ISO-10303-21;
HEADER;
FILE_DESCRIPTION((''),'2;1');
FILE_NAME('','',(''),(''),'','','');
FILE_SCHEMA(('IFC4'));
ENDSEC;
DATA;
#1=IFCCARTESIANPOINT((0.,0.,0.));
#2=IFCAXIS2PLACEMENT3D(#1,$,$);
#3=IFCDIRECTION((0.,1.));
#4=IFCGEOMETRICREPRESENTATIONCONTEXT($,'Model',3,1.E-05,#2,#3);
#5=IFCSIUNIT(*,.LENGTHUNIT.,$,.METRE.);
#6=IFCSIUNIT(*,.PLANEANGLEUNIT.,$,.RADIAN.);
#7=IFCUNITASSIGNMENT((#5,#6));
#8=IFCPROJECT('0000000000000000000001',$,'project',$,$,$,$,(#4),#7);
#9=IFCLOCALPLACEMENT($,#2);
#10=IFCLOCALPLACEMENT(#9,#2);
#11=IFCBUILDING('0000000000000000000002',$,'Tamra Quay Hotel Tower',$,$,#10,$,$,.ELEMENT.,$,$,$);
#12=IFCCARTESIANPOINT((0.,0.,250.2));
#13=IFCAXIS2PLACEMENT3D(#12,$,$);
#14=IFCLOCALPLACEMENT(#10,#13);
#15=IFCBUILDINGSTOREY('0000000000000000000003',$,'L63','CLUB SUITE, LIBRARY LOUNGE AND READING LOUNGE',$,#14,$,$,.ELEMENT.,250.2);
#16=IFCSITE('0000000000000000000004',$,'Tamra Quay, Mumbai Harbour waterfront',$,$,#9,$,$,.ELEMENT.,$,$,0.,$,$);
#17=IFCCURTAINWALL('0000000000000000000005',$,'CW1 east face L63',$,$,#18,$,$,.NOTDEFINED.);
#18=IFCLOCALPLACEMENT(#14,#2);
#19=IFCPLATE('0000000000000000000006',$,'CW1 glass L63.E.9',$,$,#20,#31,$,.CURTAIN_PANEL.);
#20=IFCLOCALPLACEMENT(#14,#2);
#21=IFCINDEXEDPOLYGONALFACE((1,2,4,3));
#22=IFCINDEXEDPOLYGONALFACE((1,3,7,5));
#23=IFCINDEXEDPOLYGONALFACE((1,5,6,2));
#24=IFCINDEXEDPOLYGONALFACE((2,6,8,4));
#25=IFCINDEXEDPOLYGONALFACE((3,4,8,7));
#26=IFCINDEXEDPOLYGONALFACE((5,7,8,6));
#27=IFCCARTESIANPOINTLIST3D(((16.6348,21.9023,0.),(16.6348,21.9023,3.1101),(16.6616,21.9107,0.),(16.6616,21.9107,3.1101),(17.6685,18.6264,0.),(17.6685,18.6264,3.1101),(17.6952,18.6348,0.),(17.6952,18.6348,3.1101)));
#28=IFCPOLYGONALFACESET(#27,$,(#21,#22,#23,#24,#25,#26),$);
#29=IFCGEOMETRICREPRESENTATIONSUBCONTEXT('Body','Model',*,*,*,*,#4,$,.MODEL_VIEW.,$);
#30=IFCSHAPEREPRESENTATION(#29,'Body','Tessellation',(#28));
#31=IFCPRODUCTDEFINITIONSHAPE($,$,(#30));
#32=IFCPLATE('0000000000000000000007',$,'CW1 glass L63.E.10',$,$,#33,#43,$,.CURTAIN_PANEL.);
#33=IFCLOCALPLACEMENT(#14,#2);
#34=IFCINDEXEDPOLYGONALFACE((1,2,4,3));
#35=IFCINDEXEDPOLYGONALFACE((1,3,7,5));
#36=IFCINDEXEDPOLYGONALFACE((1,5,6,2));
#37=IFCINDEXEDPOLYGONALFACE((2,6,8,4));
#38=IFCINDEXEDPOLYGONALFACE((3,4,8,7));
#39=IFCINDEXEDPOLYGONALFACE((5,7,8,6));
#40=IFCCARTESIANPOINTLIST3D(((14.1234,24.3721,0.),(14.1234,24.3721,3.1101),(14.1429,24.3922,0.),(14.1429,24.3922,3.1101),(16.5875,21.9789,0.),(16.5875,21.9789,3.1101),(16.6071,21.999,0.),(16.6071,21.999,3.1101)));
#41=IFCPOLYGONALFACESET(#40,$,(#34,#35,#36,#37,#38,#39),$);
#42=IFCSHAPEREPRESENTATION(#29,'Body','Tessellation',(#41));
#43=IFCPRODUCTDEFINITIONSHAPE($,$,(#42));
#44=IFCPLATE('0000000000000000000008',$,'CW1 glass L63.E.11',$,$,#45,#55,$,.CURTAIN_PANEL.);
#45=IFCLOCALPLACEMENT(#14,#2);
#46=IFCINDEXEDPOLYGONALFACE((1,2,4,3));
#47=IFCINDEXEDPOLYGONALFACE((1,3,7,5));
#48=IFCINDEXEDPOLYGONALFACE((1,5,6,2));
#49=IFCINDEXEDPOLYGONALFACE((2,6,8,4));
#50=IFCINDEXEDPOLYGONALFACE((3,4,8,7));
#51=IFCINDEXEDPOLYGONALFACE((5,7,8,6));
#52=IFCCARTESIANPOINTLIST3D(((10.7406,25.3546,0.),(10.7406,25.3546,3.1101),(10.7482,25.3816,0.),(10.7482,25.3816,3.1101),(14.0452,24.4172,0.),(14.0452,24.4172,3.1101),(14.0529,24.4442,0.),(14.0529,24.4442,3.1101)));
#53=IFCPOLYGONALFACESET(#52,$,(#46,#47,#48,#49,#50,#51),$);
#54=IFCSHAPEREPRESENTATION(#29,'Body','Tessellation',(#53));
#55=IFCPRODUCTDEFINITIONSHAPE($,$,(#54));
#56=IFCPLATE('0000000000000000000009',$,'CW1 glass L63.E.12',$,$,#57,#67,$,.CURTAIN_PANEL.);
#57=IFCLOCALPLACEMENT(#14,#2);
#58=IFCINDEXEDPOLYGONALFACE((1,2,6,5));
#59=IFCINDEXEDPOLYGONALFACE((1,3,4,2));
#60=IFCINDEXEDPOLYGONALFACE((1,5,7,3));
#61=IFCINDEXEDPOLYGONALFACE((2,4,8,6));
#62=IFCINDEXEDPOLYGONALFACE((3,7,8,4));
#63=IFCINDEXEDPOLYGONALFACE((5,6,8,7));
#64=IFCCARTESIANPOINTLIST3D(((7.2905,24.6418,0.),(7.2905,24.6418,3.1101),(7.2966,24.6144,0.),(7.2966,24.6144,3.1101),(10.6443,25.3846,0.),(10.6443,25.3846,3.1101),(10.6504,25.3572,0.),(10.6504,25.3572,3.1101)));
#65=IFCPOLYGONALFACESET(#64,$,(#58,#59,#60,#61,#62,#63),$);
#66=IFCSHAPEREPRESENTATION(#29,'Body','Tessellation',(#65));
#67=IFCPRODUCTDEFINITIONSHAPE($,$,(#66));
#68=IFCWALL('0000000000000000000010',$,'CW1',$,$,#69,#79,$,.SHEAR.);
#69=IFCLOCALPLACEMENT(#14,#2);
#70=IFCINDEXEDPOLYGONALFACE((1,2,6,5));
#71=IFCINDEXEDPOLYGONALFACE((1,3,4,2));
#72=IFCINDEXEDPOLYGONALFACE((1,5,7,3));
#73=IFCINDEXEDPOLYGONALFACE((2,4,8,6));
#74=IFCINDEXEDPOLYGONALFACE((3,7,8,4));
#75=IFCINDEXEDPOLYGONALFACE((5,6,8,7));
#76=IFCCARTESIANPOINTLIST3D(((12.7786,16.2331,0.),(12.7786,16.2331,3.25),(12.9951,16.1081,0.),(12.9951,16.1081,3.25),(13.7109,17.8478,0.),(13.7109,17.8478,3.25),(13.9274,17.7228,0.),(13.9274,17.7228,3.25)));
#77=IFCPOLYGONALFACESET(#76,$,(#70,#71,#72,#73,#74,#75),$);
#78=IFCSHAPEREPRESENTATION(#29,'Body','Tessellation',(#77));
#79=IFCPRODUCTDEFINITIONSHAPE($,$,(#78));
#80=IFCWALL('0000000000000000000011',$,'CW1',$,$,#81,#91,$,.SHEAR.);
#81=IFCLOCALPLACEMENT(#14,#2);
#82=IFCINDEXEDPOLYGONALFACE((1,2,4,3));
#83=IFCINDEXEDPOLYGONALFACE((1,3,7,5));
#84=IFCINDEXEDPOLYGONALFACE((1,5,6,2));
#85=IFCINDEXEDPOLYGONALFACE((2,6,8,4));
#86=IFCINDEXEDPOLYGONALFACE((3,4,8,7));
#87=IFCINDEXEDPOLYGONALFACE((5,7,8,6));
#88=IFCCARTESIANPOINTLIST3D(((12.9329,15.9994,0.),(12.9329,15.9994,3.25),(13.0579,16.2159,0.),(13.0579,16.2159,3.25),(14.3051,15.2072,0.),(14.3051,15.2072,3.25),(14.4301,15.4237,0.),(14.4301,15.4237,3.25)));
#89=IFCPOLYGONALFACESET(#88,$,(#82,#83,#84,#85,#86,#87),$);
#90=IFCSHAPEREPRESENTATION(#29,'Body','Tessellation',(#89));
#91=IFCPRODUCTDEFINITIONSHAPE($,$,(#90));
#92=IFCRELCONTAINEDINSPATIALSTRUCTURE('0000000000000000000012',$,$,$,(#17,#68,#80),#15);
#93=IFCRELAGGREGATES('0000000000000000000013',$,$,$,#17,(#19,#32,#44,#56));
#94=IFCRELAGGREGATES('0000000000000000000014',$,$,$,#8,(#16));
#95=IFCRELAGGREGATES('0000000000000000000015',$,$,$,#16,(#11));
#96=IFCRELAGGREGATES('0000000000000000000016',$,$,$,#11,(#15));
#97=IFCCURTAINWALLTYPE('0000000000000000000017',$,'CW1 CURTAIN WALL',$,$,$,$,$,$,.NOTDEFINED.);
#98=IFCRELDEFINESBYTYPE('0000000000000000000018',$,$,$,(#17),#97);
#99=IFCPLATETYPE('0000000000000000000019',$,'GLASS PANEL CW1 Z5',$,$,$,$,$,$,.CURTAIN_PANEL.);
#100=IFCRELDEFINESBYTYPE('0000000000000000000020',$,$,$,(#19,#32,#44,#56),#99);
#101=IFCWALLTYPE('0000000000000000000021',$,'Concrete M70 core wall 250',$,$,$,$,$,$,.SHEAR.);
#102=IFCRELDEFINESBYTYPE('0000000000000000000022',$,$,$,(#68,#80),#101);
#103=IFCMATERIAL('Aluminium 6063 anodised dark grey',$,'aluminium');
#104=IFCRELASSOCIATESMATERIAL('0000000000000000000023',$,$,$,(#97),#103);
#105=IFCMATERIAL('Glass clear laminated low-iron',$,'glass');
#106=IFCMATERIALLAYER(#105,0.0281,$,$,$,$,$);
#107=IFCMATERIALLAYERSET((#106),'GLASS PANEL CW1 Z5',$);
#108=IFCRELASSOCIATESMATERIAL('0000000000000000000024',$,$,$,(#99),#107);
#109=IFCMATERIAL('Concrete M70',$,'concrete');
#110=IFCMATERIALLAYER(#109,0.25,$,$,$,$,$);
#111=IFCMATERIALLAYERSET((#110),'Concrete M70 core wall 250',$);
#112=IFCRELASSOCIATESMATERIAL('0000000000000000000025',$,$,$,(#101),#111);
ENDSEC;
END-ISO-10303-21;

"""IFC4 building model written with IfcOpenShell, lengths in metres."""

from ifc_helpers import new_model, si_unit, direction, frame, frame_2d, origin, origin_2d, place, context, subcontext, project, spatial, rectangle, extrude, material, layer, layer_set, type_object, element, aggregate, save


model = new_model("IFC4")

# Units and contexts
model_context = context("Model", 3, precision=1e-05, world=origin(), true_north=direction((0.0, 1.0)))
body_context = subcontext(model_context, "Body", "Model", "MODEL_VIEW")
ifc_project = project(units=[si_unit("LENGTHUNIT", "METRE"), si_unit("PLANEANGLEUNIT", "RADIAN")], contexts=[model_context])

# Site, building, storey
site_placement = place(None, origin())
site = spatial("IfcSite", under=ifc_project, at=site_placement, Name="Tamra Quay, Mumbai Harbour waterfront", CompositionType="ELEMENT", RefElevation=0.0)
building_placement = place(site_placement, origin())
building = spatial("IfcBuilding", under=site, at=building_placement, Name="Tamra Quay Hotel Tower", CompositionType="ELEMENT")
storey_placement = place(building_placement, frame((0.0, 0.0, 250.2)))
storey = spatial("IfcBuildingStorey", under=building, at=storey_placement, Name="L63", Description="CLUB SUITE, LIBRARY LOUNGE AND READING LOUNGE", CompositionType="ELEMENT", Elevation=250.2)

# Shared definitions
ifc_material_1 = material(Name="Concrete M70", Category="concrete")

# Curtain wall
ifc_material_2 = material(Name="Aluminium 6063 anodised dark grey", Category="aluminium")
curtain_wall_type = type_object("IfcCurtainWallType", Name="CW1 CURTAIN WALL", PredefinedType="NOTDEFINED", material=ifc_material_2)
curtain_wall_placement = place(storey_placement, origin())
curtain_wall = element("IfcCurtainWall", 1, at=curtain_wall_placement, inside=storey, type_object=curtain_wall_type, Name="CW1 east face L63", PredefinedType="NOTDEFINED")

# Plates
ifc_material_3 = material(Name="Glass clear laminated low-iron", Category="glass")
ifc_layer_1 = layer(ifc_material_3, 0.0281)
ifc_layer_set_1 = layer_set([ifc_layer_1], Name="GLASS PANEL CW1 Z5")
plate_type = type_object("IfcPlateType", Name="GLASS PANEL CW1 Z5", PredefinedType="CURTAIN_PANEL", material=ifc_layer_set_1)
plate_1_placement = place(storey_placement, frame((17.165, 20.2686, 0.0), z_axis=(0.0, 0.0, 1.0), x_axis=(-0.300903, 0.953655, 0.0)))
plate_1 = element("IfcPlate", 2, at=plate_1_placement, type_object=plate_type, Name="CW1 glass L63.E.9", PredefinedType="CURTAIN_PANEL", context=body_context, shape_type="SweptSolid", body=[
    extrude(rectangle(XDim=3.4351, YDim=0.0281, at=origin_2d()), origin(), (0.0, 0.0, 1.0), 3.1101),
])
plate_2_placement = place(storey_placement, frame((15.3652, 23.1855, 0.0), z_axis=(0.0, 0.0, 1.0), x_axis=(-0.717364, 0.696698, 0.0)))
plate_2 = element("IfcPlate", 3, at=plate_2_placement, type_object=plate_type, Name="CW1 glass L63.E.10", PredefinedType="CURTAIN_PANEL", context=body_context, shape_type="SweptSolid", body=[
    extrude(rectangle(XDim=3.4351, YDim=0.0281, at=origin_2d()), origin(), (0.0, 0.0, 1.0), 3.1101),
])
plate_3_placement = place(storey_placement, frame((12.3967, 24.8994, 0.0), z_axis=(0.0, 0.0, 1.0), x_axis=(-0.962041, 0.272906, 0.0)))
plate_3 = element("IfcPlate", 4, at=plate_3_placement, type_object=plate_type, Name="CW1 glass L63.E.11", PredefinedType="CURTAIN_PANEL", context=body_context, shape_type="SweptSolid", body=[
    extrude(rectangle(XDim=3.4351, YDim=0.0281, at=origin_2d()), origin(), (0.0, 0.0, 1.0), 3.1101),
])
plate_4_placement = place(storey_placement, frame((8.9705, 24.9995, 0.0), z_axis=(0.0, 0.0, 1.0), x_axis=(-0.976341, -0.216238, 0.0)))
plate_4 = element("IfcPlate", 5, at=plate_4_placement, type_object=plate_type, Name="CW1 glass L63.E.12", PredefinedType="CURTAIN_PANEL", context=body_context, shape_type="SweptSolid", body=[
    extrude(rectangle(XDim=3.4351, YDim=0.0281, at=origin_2d()), origin(), (0.0, 0.0, 1.0), 3.1101),
])
aggregate(curtain_wall, [plate_1, plate_2, plate_3, plate_4])

# Walls
ifc_layer_2 = layer(ifc_material_1, 0.25)
ifc_layer_set_2 = layer_set([ifc_layer_2], Name="Concrete M70 core wall 250")
wall_type = type_object("IfcWallType", Name="Concrete M70 core wall 250", PredefinedType="SHEAR", material=ifc_layer_set_2)
wall_1_placement = place(storey_placement, frame((13.8191, 17.7852, 0.0), z_axis=(0.0, 0.0, 1.0), x_axis=(-0.50004, -0.866002, 0.0)))
element("IfcWall", 6, at=wall_1_placement, inside=storey, type_object=wall_type, Name="CW1", PredefinedType="SHEAR", context=body_context, shape_type="SweptSolid", body=[
    extrude(rectangle(XDim=1.8645, YDim=0.25, at=frame_2d((0.9321, 0.0))), origin(), (0.0, 0.0, 1.0), 3.25),
])
wall_2_placement = place(storey_placement, frame((12.9954, 16.1077, 0.0), z_axis=(0.0, 0.0, 1.0), x_axis=(0.866044, -0.499967, 0.0)))
element("IfcWall", 7, at=wall_2_placement, inside=storey, type_object=wall_type, Name="CW1", PredefinedType="SHEAR", context=body_context, shape_type="SweptSolid", body=[
    extrude(rectangle(XDim=1.5845, YDim=0.25, at=frame_2d((0.7922, 0.0))), origin(), (0.0, 0.0, 1.0), 3.25),
])

save(model, "model.ifc")
